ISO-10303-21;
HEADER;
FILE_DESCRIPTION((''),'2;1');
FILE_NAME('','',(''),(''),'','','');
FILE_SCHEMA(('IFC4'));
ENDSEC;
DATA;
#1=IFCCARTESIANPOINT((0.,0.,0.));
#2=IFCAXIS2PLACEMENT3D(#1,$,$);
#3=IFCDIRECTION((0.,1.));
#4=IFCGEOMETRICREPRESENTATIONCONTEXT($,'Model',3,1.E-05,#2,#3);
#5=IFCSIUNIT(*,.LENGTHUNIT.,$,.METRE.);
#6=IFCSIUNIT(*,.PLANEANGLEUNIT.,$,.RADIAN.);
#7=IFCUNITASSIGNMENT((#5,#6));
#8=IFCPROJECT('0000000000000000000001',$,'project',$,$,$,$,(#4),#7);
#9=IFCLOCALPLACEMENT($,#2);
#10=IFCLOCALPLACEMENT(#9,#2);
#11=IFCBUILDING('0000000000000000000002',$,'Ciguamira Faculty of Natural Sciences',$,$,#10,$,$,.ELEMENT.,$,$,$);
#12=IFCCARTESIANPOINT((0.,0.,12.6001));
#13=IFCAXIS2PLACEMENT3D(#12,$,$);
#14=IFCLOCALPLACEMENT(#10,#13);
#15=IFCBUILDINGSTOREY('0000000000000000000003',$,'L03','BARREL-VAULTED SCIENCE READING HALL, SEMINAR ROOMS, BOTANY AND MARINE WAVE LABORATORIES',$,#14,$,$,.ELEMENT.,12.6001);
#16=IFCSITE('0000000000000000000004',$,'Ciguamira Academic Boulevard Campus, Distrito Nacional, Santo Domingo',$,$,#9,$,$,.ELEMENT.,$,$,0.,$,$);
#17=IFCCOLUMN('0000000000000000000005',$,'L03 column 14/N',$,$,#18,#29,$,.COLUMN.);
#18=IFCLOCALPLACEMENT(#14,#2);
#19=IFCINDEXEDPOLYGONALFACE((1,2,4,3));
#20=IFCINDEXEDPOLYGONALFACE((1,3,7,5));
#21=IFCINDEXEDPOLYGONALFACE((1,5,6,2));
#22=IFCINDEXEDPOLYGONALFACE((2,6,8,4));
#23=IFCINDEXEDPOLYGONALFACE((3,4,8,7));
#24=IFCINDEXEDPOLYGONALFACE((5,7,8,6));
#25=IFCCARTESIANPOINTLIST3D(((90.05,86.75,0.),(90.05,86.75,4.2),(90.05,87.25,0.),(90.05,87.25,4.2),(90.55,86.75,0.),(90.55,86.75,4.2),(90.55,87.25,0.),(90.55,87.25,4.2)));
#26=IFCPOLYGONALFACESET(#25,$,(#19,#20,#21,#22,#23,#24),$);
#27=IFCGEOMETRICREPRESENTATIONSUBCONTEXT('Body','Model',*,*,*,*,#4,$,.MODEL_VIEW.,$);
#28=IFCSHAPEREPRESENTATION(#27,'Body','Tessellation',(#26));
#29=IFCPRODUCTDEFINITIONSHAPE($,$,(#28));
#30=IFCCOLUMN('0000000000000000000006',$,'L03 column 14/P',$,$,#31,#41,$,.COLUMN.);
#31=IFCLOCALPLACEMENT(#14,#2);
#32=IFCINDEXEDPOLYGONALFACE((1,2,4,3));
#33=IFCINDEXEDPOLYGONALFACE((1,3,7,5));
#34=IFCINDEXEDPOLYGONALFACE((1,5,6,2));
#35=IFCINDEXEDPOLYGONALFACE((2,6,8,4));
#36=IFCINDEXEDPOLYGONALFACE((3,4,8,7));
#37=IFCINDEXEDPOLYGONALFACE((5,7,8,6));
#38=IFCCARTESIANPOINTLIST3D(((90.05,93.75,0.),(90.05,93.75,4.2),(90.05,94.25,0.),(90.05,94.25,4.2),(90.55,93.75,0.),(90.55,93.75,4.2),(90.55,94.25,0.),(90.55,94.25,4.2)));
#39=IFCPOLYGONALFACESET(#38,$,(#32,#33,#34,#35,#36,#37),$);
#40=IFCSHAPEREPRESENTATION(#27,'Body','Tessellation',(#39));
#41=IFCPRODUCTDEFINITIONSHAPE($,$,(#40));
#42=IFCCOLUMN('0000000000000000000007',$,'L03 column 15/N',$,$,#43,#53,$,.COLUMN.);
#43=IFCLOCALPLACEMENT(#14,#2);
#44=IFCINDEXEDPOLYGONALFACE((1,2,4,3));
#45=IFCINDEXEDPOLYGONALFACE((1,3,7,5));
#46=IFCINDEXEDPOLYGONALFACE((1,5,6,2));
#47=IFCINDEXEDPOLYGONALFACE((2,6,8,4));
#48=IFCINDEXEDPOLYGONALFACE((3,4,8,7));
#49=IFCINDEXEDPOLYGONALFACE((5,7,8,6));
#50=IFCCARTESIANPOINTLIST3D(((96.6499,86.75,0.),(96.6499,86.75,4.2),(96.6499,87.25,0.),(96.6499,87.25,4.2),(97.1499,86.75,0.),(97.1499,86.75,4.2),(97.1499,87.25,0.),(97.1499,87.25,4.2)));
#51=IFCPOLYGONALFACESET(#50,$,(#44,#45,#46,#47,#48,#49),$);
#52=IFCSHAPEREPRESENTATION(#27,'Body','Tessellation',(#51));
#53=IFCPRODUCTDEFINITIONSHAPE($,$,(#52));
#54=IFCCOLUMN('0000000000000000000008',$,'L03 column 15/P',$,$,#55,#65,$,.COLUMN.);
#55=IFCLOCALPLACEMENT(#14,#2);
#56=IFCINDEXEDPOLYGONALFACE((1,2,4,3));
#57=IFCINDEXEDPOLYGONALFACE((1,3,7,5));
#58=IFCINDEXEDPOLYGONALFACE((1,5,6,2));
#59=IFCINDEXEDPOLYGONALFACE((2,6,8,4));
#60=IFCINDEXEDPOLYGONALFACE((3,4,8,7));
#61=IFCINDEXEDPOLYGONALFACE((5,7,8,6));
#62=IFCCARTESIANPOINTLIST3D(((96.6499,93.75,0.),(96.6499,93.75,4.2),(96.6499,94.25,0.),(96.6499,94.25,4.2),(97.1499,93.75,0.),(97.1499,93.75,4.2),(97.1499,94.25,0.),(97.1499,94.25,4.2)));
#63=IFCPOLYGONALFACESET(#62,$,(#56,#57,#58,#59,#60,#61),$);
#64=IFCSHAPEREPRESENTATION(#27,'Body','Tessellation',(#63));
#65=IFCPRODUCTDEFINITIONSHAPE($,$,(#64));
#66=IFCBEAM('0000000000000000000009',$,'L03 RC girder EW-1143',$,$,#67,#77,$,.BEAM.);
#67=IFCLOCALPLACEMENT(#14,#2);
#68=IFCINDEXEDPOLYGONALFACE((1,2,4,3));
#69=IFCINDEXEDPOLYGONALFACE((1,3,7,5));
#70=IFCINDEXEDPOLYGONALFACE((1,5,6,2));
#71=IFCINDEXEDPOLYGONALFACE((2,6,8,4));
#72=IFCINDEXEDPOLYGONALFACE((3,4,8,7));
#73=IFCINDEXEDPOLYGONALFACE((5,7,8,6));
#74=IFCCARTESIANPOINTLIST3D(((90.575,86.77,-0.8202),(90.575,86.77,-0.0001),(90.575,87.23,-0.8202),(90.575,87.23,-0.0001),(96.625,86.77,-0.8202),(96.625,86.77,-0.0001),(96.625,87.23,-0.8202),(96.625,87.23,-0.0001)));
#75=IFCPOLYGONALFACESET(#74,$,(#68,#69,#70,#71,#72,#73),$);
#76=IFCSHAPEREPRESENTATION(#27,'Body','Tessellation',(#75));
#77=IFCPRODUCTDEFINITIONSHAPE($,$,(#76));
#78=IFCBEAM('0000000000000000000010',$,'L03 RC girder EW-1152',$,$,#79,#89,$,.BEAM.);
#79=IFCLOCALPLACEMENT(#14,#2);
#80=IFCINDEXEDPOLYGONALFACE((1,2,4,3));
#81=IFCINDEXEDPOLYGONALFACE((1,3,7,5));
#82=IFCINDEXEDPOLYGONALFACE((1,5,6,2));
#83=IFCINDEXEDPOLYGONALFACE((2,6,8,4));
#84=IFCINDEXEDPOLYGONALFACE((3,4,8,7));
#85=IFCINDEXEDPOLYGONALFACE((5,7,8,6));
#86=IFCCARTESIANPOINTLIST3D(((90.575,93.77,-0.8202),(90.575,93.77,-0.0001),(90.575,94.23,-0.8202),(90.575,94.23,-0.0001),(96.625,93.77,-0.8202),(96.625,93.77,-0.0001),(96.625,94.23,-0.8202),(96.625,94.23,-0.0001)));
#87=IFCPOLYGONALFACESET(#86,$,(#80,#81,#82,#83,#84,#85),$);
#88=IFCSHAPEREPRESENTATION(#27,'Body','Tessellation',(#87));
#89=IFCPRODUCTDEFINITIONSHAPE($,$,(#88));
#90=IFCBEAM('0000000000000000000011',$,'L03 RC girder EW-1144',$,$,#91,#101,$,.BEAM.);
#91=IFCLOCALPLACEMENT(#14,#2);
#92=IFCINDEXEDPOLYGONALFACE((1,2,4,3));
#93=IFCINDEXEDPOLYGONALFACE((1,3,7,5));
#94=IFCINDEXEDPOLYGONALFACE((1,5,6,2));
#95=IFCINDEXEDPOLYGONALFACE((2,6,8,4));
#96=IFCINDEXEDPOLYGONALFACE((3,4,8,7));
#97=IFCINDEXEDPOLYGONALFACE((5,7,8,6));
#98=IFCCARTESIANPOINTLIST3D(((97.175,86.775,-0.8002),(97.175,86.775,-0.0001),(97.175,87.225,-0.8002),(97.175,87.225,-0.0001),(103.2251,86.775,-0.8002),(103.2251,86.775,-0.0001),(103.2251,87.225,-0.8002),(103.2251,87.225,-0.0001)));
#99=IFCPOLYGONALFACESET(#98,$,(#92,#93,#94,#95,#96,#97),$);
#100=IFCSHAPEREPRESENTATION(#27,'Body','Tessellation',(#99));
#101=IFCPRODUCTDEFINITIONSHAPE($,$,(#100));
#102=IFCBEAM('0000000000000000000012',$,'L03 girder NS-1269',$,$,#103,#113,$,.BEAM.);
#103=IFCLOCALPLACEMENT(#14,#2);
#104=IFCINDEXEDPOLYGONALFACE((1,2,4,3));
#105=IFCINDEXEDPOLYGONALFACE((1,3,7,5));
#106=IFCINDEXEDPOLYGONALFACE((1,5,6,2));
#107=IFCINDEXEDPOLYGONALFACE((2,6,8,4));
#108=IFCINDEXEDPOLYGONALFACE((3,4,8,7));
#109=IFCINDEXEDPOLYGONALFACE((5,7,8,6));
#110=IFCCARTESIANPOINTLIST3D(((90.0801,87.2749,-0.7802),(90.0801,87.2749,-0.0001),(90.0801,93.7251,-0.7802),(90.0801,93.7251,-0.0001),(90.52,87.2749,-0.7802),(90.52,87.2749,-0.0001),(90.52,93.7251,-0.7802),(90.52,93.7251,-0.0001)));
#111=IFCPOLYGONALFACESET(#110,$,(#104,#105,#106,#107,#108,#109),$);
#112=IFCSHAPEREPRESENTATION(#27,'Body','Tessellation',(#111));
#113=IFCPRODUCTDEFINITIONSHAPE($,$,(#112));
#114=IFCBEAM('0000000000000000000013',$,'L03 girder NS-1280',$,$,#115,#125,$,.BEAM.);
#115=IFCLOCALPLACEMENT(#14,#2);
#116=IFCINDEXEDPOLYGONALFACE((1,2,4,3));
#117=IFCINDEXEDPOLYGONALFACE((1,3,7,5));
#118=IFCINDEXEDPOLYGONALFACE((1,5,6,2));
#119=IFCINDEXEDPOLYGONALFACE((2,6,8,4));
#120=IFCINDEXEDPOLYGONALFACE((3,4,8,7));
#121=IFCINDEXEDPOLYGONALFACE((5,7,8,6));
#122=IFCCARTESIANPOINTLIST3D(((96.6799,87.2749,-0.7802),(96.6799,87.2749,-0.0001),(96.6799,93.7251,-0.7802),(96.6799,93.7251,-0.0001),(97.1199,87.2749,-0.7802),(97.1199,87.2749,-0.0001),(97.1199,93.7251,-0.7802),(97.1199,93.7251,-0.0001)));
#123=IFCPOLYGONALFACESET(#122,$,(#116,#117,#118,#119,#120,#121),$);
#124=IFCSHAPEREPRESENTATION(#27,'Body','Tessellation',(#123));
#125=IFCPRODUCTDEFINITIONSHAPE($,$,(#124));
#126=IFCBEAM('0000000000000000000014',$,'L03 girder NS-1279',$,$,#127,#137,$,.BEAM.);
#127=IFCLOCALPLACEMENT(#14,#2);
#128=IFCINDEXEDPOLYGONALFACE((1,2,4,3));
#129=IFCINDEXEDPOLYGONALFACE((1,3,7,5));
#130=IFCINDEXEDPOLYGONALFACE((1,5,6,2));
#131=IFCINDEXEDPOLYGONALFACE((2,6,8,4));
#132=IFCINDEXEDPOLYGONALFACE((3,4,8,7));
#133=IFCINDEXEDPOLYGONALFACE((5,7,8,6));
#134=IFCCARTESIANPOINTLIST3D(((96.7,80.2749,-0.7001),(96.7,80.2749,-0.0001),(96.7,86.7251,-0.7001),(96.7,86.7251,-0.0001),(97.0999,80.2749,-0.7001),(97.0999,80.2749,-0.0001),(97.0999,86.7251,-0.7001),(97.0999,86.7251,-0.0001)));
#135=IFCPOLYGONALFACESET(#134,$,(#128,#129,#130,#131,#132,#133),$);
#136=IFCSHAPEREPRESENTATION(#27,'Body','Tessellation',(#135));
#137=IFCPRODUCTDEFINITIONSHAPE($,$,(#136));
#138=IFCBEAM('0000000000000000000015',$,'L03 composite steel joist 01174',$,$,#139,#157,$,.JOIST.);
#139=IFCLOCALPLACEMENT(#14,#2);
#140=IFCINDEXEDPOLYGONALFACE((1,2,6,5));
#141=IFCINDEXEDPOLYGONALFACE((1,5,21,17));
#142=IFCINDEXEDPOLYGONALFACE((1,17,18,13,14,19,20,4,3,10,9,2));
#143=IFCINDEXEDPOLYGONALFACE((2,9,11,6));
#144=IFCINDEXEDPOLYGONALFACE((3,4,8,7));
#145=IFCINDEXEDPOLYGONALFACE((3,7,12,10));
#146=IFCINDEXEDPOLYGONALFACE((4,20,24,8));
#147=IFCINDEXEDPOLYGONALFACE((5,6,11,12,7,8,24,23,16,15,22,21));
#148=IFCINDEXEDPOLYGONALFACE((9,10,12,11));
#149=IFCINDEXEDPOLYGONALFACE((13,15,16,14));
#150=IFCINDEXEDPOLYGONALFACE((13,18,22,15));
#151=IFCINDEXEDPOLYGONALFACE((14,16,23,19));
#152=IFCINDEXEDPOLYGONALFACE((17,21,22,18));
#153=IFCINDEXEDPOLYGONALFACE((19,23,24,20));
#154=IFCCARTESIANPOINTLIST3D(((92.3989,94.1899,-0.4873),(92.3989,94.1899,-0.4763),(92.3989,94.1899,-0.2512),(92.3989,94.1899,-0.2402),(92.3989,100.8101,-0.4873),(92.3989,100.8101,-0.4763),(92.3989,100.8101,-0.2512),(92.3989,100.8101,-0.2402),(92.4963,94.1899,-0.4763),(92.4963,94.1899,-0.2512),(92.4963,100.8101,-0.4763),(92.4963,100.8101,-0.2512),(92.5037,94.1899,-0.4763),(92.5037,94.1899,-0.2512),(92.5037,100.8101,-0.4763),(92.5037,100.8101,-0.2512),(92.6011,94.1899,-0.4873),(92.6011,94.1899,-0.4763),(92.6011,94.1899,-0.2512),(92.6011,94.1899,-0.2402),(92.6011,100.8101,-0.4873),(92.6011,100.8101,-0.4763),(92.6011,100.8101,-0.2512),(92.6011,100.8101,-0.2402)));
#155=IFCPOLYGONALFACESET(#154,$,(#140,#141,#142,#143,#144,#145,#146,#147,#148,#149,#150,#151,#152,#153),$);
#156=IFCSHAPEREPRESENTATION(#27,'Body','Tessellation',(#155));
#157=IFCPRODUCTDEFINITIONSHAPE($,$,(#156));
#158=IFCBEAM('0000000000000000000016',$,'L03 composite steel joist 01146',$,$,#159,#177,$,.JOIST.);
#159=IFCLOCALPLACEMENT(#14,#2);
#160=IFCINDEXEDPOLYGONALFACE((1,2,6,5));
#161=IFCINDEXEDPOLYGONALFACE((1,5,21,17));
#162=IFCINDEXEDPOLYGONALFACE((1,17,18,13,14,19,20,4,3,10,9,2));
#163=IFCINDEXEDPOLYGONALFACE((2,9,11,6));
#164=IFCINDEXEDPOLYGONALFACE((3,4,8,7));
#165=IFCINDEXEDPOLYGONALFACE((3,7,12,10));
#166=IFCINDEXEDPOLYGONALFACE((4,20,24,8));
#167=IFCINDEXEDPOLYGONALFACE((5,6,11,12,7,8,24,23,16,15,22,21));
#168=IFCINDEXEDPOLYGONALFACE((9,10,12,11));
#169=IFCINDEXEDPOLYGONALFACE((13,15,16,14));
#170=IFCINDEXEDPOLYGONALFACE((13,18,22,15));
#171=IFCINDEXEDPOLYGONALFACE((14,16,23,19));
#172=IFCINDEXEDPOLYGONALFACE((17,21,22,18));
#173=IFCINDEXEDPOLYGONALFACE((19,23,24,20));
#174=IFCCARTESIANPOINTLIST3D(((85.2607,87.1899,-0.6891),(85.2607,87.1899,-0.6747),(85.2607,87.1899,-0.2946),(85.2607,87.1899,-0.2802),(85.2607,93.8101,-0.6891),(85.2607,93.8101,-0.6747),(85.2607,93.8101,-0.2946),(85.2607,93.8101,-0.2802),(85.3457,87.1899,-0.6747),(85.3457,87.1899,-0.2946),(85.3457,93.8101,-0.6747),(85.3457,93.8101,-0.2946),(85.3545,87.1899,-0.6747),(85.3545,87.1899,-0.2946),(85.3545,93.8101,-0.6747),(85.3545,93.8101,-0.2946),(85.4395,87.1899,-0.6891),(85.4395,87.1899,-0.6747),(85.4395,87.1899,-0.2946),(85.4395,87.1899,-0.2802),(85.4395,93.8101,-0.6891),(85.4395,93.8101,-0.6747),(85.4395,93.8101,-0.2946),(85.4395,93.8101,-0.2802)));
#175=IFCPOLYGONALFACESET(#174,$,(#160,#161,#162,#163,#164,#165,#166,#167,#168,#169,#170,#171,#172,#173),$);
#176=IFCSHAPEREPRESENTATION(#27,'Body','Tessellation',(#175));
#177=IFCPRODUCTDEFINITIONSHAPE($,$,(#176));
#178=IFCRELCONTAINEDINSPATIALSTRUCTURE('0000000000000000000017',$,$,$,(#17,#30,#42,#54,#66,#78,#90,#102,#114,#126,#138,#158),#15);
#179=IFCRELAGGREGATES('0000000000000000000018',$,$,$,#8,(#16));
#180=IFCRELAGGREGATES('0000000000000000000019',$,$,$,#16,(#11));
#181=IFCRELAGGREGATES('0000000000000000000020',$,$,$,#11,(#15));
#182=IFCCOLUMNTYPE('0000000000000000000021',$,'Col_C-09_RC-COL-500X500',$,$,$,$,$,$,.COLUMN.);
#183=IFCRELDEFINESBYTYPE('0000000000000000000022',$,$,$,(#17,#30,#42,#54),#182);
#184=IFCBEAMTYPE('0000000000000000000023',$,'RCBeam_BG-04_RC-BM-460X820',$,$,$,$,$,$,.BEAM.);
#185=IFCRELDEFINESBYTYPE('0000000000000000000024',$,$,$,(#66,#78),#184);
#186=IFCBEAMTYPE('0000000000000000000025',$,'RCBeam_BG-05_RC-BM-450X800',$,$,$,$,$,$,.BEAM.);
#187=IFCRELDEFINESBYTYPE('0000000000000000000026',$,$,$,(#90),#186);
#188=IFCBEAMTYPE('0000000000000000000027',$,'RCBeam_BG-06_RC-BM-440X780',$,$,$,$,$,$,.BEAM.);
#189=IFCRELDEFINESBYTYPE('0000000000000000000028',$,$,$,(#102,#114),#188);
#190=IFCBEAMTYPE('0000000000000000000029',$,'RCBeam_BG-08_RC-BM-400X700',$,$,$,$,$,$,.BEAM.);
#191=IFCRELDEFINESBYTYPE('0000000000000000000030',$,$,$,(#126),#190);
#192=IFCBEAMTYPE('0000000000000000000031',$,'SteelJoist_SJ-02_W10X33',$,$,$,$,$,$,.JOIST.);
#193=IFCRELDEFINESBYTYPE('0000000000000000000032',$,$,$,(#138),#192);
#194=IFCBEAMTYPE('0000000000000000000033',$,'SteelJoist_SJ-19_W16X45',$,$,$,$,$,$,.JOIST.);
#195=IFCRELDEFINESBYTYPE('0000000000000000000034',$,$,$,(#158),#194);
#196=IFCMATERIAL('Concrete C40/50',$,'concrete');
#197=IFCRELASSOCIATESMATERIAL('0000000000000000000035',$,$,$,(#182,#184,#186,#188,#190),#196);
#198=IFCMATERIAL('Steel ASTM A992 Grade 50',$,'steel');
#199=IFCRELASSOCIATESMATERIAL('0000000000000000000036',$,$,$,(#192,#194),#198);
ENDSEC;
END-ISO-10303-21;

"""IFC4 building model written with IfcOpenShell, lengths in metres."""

from ifc_helpers import new_model, si_unit, direction, frame, origin, origin_2d, place, context, subcontext, project, spatial, rectangle, i_section, extrude, material, material_profile, profile_set, type_object, element, save


model = new_model("IFC4")

# Units and contexts
model_context = context("Model", 3, precision=1e-05, world=origin(), true_north=direction((0.0, 1.0)))
body_context = subcontext(model_context, "Body", "Model", "MODEL_VIEW")
ifc_project = project(units=[si_unit("LENGTHUNIT", "METRE"), si_unit("PLANEANGLEUNIT", "RADIAN")], contexts=[model_context])

# Site, building, storey
site_placement = place(None, origin())
site = spatial("IfcSite", under=ifc_project, at=site_placement, Name="Ciguamira Academic Boulevard Campus, Distrito Nacional, Santo Domingo", CompositionType="ELEMENT", RefElevation=0.0)
building_placement = place(site_placement, origin())
building = spatial("IfcBuilding", under=site, at=building_placement, Name="Ciguamira Faculty of Natural Sciences", CompositionType="ELEMENT")
storey_placement = place(building_placement, frame((0.0, 0.0, 12.6001)))
storey = spatial("IfcBuildingStorey", under=building, at=storey_placement, Name="L03", Description="BARREL-VAULTED SCIENCE READING HALL, SEMINAR ROOMS, BOTANY AND MARINE WAVE LABORATORIES", CompositionType="ELEMENT", Elevation=12.6001)

# Columns
ifc_material_1 = material(Name="Concrete C40/50", Category="concrete")
ifc_material_profile_1 = material_profile(ifc_material_1, rectangle(XDim=0.5, YDim=0.5, at=origin_2d()), Name="RC-COL-500X500")
ifc_profile_set_1 = profile_set([ifc_material_profile_1], Name="Concrete C40/50")
column_type = type_object("IfcColumnType", Name="Col_C-09_RC-COL-500X500", PredefinedType="COLUMN", material=ifc_profile_set_1)
for number, where, z_axis, x_axis, name in (
    (1, (90.3, 87.0, 0.0), (0.0, 0.0, 1.0), (1.0, 0.0, 0.0), "L03 column 14/N"),
    (2, (90.3, 94.0, 0.0), (0.0, 0.0, 1.0), (1.0, 0.0, 0.0), "L03 column 14/P"),
    (3, (96.8999, 87.0, 0.0), (0.0, 0.0, 1.0), (1.0, 0.0, 0.0), "L03 column 15/N"),
    (4, (96.8999, 94.0, 0.0), (0.0, 0.0, 1.0), (1.0, 0.0, 0.0), "L03 column 15/P"),
):
    element("IfcColumn", number, at=place(storey_placement, frame(where, z_axis=z_axis, x_axis=x_axis)), inside=storey, type_object=column_type, Name=name, PredefinedType="COLUMN", context=body_context, shape_type="SweptSolid", body=[
        extrude(rectangle(XDim=0.5, YDim=0.5, at=origin_2d()), origin(), (0.0, 0.0, 1.0), 4.2),
    ])

# Beams
ifc_material_profile_2 = material_profile(ifc_material_1, rectangle(XDim=0.46, YDim=0.8201, at=origin_2d()), Name="RC-BM-460X820")
ifc_profile_set_2 = profile_set([ifc_material_profile_2], Name="Concrete C40/50")
beam_type_1 = type_object("IfcBeamType", Name="RCBeam_BG-04_RC-BM-460X820", PredefinedType="BEAM", material=ifc_profile_set_2)
for number, where, z_axis, x_axis, name in (
    (5, (90.575, 87.0, -0.4102), (1.0, 0.0, 0.0), (0.0, 1.0, 0.0), "L03 RC girder EW-1143"),
    (6, (90.575, 94.0, -0.4102), (1.0, 0.0, 0.0), (0.0, 1.0, 0.0), "L03 RC girder EW-1152"),
):
    element("IfcBeam", number, at=place(storey_placement, frame(where, z_axis=z_axis, x_axis=x_axis)), inside=storey, type_object=beam_type_1, Name=name, PredefinedType="BEAM", context=body_context, shape_type="SweptSolid", body=[
        extrude(rectangle(XDim=0.46, YDim=0.8201, at=origin_2d()), origin(), (0.0, 0.0, 1.0), 6.05),
    ])
ifc_material_profile_3 = material_profile(ifc_material_1, rectangle(XDim=0.45, YDim=0.8, at=origin_2d()), Name="RC-BM-450X800")
ifc_profile_set_3 = profile_set([ifc_material_profile_3], Name="Concrete C40/50")
beam_type_2 = type_object("IfcBeamType", Name="RCBeam_BG-05_RC-BM-450X800", PredefinedType="BEAM", material=ifc_profile_set_3)
beam_1_placement = place(storey_placement, frame((97.175, 87.0, -0.4001), z_axis=(1.0, 0.0, 0.0), x_axis=(0.0, 1.0, 0.0)))
element("IfcBeam", 7, at=beam_1_placement, inside=storey, type_object=beam_type_2, Name="L03 RC girder EW-1144", PredefinedType="BEAM", context=body_context, shape_type="SweptSolid", body=[
    extrude(rectangle(XDim=0.45, YDim=0.8, at=origin_2d()), origin(), (0.0, 0.0, 1.0), 6.05),
])
ifc_material_profile_4 = material_profile(ifc_material_1, rectangle(XDim=0.4399, YDim=0.78, at=origin_2d()), Name="RC-BM-440X780")
ifc_profile_set_4 = profile_set([ifc_material_profile_4], Name="Concrete C40/50")
beam_type_3 = type_object("IfcBeamType", Name="RCBeam_BG-06_RC-BM-440X780", PredefinedType="BEAM", material=ifc_profile_set_4)
for number, where, z_axis, x_axis, name in (
    (8, (90.3, 87.2749, -0.3901), (0.0, 1.0, 0.0), (-1.0, 0.0, 0.0), "L03 girder NS-1269"),
    (9, (96.8999, 87.2749, -0.3901), (0.0, 1.0, 0.0), (-1.0, 0.0, 0.0), "L03 girder NS-1280"),
):
    element("IfcBeam", number, at=place(storey_placement, frame(where, z_axis=z_axis, x_axis=x_axis)), inside=storey, type_object=beam_type_3, Name=name, PredefinedType="BEAM", context=body_context, shape_type="SweptSolid", body=[
        extrude(rectangle(XDim=0.4399, YDim=0.78, at=origin_2d()), origin(), (0.0, 0.0, 1.0), 6.4502),
    ])
ifc_material_profile_5 = material_profile(ifc_material_1, rectangle(XDim=0.3999, YDim=0.7, at=origin_2d()), Name="RC-BM-400X700")
ifc_profile_set_5 = profile_set([ifc_material_profile_5], Name="Concrete C40/50")
beam_type_4 = type_object("IfcBeamType", Name="RCBeam_BG-08_RC-BM-400X700", PredefinedType="BEAM", material=ifc_profile_set_5)
beam_2_placement = place(storey_placement, frame((96.8999, 80.2749, -0.3501), z_axis=(0.0, 1.0, 0.0), x_axis=(-1.0, 0.0, 0.0)))
element("IfcBeam", 10, at=beam_2_placement, inside=storey, type_object=beam_type_4, Name="L03 girder NS-1279", PredefinedType="BEAM", context=body_context, shape_type="SweptSolid", body=[
    extrude(rectangle(XDim=0.3999, YDim=0.7, at=origin_2d()), origin(), (0.0, 0.0, 1.0), 6.4502),
])
ifc_material_2 = material(Name="Steel ASTM A992 Grade 50", Category="steel")
ifc_material_profile_6 = material_profile(ifc_material_2, i_section(OverallWidth=0.2021, OverallDepth=0.2471, WebThickness=0.0073, FlangeThickness=0.011, at=origin_2d()), Name="W10X33")
ifc_profile_set_6 = profile_set([ifc_material_profile_6], Name="Steel ASTM A992 Grade 50")
beam_type_5 = type_object("IfcBeamType", Name="SteelJoist_SJ-02_W10X33", PredefinedType="JOIST", material=ifc_profile_set_6)
beam_3_placement = place(storey_placement, frame((92.5, 94.1899, -0.3638), z_axis=(0.0, 1.0, 0.0), x_axis=(-1.0, 0.0, 0.0)))
element("IfcBeam", 11, at=beam_3_placement, inside=storey, type_object=beam_type_5, Name="L03 composite steel joist 01174", PredefinedType="JOIST", context=body_context, shape_type="SweptSolid", body=[
    extrude(i_section(OverallWidth=0.2021, OverallDepth=0.2471, WebThickness=0.0073, FlangeThickness=0.011, at=origin_2d()), origin(), (0.0, 0.0, 1.0), 6.6201),
])
ifc_material_profile_7 = material_profile(ifc_material_2, i_section(OverallWidth=0.1787, OverallDepth=0.4089, WebThickness=0.0088, FlangeThickness=0.0144, at=origin_2d()), Name="W16X45")
ifc_profile_set_7 = profile_set([ifc_material_profile_7], Name="Steel ASTM A992 Grade 50")
beam_type_6 = type_object("IfcBeamType", Name="SteelJoist_SJ-19_W16X45", PredefinedType="JOIST", material=ifc_profile_set_7)
beam_4_placement = place(storey_placement, frame((85.3501, 87.1899, -0.4846), z_axis=(0.0, 1.0, 0.0), x_axis=(-1.0, 0.0, 0.0)))
element("IfcBeam", 12, at=beam_4_placement, inside=storey, type_object=beam_type_6, Name="L03 composite steel joist 01146", PredefinedType="JOIST", context=body_context, shape_type="SweptSolid", body=[
    extrude(i_section(OverallWidth=0.1787, OverallDepth=0.4089, WebThickness=0.0088, FlangeThickness=0.0144, at=origin_2d()), origin(), (0.0, 0.0, 1.0), 6.6201),
])

save(model, "model.ifc")
